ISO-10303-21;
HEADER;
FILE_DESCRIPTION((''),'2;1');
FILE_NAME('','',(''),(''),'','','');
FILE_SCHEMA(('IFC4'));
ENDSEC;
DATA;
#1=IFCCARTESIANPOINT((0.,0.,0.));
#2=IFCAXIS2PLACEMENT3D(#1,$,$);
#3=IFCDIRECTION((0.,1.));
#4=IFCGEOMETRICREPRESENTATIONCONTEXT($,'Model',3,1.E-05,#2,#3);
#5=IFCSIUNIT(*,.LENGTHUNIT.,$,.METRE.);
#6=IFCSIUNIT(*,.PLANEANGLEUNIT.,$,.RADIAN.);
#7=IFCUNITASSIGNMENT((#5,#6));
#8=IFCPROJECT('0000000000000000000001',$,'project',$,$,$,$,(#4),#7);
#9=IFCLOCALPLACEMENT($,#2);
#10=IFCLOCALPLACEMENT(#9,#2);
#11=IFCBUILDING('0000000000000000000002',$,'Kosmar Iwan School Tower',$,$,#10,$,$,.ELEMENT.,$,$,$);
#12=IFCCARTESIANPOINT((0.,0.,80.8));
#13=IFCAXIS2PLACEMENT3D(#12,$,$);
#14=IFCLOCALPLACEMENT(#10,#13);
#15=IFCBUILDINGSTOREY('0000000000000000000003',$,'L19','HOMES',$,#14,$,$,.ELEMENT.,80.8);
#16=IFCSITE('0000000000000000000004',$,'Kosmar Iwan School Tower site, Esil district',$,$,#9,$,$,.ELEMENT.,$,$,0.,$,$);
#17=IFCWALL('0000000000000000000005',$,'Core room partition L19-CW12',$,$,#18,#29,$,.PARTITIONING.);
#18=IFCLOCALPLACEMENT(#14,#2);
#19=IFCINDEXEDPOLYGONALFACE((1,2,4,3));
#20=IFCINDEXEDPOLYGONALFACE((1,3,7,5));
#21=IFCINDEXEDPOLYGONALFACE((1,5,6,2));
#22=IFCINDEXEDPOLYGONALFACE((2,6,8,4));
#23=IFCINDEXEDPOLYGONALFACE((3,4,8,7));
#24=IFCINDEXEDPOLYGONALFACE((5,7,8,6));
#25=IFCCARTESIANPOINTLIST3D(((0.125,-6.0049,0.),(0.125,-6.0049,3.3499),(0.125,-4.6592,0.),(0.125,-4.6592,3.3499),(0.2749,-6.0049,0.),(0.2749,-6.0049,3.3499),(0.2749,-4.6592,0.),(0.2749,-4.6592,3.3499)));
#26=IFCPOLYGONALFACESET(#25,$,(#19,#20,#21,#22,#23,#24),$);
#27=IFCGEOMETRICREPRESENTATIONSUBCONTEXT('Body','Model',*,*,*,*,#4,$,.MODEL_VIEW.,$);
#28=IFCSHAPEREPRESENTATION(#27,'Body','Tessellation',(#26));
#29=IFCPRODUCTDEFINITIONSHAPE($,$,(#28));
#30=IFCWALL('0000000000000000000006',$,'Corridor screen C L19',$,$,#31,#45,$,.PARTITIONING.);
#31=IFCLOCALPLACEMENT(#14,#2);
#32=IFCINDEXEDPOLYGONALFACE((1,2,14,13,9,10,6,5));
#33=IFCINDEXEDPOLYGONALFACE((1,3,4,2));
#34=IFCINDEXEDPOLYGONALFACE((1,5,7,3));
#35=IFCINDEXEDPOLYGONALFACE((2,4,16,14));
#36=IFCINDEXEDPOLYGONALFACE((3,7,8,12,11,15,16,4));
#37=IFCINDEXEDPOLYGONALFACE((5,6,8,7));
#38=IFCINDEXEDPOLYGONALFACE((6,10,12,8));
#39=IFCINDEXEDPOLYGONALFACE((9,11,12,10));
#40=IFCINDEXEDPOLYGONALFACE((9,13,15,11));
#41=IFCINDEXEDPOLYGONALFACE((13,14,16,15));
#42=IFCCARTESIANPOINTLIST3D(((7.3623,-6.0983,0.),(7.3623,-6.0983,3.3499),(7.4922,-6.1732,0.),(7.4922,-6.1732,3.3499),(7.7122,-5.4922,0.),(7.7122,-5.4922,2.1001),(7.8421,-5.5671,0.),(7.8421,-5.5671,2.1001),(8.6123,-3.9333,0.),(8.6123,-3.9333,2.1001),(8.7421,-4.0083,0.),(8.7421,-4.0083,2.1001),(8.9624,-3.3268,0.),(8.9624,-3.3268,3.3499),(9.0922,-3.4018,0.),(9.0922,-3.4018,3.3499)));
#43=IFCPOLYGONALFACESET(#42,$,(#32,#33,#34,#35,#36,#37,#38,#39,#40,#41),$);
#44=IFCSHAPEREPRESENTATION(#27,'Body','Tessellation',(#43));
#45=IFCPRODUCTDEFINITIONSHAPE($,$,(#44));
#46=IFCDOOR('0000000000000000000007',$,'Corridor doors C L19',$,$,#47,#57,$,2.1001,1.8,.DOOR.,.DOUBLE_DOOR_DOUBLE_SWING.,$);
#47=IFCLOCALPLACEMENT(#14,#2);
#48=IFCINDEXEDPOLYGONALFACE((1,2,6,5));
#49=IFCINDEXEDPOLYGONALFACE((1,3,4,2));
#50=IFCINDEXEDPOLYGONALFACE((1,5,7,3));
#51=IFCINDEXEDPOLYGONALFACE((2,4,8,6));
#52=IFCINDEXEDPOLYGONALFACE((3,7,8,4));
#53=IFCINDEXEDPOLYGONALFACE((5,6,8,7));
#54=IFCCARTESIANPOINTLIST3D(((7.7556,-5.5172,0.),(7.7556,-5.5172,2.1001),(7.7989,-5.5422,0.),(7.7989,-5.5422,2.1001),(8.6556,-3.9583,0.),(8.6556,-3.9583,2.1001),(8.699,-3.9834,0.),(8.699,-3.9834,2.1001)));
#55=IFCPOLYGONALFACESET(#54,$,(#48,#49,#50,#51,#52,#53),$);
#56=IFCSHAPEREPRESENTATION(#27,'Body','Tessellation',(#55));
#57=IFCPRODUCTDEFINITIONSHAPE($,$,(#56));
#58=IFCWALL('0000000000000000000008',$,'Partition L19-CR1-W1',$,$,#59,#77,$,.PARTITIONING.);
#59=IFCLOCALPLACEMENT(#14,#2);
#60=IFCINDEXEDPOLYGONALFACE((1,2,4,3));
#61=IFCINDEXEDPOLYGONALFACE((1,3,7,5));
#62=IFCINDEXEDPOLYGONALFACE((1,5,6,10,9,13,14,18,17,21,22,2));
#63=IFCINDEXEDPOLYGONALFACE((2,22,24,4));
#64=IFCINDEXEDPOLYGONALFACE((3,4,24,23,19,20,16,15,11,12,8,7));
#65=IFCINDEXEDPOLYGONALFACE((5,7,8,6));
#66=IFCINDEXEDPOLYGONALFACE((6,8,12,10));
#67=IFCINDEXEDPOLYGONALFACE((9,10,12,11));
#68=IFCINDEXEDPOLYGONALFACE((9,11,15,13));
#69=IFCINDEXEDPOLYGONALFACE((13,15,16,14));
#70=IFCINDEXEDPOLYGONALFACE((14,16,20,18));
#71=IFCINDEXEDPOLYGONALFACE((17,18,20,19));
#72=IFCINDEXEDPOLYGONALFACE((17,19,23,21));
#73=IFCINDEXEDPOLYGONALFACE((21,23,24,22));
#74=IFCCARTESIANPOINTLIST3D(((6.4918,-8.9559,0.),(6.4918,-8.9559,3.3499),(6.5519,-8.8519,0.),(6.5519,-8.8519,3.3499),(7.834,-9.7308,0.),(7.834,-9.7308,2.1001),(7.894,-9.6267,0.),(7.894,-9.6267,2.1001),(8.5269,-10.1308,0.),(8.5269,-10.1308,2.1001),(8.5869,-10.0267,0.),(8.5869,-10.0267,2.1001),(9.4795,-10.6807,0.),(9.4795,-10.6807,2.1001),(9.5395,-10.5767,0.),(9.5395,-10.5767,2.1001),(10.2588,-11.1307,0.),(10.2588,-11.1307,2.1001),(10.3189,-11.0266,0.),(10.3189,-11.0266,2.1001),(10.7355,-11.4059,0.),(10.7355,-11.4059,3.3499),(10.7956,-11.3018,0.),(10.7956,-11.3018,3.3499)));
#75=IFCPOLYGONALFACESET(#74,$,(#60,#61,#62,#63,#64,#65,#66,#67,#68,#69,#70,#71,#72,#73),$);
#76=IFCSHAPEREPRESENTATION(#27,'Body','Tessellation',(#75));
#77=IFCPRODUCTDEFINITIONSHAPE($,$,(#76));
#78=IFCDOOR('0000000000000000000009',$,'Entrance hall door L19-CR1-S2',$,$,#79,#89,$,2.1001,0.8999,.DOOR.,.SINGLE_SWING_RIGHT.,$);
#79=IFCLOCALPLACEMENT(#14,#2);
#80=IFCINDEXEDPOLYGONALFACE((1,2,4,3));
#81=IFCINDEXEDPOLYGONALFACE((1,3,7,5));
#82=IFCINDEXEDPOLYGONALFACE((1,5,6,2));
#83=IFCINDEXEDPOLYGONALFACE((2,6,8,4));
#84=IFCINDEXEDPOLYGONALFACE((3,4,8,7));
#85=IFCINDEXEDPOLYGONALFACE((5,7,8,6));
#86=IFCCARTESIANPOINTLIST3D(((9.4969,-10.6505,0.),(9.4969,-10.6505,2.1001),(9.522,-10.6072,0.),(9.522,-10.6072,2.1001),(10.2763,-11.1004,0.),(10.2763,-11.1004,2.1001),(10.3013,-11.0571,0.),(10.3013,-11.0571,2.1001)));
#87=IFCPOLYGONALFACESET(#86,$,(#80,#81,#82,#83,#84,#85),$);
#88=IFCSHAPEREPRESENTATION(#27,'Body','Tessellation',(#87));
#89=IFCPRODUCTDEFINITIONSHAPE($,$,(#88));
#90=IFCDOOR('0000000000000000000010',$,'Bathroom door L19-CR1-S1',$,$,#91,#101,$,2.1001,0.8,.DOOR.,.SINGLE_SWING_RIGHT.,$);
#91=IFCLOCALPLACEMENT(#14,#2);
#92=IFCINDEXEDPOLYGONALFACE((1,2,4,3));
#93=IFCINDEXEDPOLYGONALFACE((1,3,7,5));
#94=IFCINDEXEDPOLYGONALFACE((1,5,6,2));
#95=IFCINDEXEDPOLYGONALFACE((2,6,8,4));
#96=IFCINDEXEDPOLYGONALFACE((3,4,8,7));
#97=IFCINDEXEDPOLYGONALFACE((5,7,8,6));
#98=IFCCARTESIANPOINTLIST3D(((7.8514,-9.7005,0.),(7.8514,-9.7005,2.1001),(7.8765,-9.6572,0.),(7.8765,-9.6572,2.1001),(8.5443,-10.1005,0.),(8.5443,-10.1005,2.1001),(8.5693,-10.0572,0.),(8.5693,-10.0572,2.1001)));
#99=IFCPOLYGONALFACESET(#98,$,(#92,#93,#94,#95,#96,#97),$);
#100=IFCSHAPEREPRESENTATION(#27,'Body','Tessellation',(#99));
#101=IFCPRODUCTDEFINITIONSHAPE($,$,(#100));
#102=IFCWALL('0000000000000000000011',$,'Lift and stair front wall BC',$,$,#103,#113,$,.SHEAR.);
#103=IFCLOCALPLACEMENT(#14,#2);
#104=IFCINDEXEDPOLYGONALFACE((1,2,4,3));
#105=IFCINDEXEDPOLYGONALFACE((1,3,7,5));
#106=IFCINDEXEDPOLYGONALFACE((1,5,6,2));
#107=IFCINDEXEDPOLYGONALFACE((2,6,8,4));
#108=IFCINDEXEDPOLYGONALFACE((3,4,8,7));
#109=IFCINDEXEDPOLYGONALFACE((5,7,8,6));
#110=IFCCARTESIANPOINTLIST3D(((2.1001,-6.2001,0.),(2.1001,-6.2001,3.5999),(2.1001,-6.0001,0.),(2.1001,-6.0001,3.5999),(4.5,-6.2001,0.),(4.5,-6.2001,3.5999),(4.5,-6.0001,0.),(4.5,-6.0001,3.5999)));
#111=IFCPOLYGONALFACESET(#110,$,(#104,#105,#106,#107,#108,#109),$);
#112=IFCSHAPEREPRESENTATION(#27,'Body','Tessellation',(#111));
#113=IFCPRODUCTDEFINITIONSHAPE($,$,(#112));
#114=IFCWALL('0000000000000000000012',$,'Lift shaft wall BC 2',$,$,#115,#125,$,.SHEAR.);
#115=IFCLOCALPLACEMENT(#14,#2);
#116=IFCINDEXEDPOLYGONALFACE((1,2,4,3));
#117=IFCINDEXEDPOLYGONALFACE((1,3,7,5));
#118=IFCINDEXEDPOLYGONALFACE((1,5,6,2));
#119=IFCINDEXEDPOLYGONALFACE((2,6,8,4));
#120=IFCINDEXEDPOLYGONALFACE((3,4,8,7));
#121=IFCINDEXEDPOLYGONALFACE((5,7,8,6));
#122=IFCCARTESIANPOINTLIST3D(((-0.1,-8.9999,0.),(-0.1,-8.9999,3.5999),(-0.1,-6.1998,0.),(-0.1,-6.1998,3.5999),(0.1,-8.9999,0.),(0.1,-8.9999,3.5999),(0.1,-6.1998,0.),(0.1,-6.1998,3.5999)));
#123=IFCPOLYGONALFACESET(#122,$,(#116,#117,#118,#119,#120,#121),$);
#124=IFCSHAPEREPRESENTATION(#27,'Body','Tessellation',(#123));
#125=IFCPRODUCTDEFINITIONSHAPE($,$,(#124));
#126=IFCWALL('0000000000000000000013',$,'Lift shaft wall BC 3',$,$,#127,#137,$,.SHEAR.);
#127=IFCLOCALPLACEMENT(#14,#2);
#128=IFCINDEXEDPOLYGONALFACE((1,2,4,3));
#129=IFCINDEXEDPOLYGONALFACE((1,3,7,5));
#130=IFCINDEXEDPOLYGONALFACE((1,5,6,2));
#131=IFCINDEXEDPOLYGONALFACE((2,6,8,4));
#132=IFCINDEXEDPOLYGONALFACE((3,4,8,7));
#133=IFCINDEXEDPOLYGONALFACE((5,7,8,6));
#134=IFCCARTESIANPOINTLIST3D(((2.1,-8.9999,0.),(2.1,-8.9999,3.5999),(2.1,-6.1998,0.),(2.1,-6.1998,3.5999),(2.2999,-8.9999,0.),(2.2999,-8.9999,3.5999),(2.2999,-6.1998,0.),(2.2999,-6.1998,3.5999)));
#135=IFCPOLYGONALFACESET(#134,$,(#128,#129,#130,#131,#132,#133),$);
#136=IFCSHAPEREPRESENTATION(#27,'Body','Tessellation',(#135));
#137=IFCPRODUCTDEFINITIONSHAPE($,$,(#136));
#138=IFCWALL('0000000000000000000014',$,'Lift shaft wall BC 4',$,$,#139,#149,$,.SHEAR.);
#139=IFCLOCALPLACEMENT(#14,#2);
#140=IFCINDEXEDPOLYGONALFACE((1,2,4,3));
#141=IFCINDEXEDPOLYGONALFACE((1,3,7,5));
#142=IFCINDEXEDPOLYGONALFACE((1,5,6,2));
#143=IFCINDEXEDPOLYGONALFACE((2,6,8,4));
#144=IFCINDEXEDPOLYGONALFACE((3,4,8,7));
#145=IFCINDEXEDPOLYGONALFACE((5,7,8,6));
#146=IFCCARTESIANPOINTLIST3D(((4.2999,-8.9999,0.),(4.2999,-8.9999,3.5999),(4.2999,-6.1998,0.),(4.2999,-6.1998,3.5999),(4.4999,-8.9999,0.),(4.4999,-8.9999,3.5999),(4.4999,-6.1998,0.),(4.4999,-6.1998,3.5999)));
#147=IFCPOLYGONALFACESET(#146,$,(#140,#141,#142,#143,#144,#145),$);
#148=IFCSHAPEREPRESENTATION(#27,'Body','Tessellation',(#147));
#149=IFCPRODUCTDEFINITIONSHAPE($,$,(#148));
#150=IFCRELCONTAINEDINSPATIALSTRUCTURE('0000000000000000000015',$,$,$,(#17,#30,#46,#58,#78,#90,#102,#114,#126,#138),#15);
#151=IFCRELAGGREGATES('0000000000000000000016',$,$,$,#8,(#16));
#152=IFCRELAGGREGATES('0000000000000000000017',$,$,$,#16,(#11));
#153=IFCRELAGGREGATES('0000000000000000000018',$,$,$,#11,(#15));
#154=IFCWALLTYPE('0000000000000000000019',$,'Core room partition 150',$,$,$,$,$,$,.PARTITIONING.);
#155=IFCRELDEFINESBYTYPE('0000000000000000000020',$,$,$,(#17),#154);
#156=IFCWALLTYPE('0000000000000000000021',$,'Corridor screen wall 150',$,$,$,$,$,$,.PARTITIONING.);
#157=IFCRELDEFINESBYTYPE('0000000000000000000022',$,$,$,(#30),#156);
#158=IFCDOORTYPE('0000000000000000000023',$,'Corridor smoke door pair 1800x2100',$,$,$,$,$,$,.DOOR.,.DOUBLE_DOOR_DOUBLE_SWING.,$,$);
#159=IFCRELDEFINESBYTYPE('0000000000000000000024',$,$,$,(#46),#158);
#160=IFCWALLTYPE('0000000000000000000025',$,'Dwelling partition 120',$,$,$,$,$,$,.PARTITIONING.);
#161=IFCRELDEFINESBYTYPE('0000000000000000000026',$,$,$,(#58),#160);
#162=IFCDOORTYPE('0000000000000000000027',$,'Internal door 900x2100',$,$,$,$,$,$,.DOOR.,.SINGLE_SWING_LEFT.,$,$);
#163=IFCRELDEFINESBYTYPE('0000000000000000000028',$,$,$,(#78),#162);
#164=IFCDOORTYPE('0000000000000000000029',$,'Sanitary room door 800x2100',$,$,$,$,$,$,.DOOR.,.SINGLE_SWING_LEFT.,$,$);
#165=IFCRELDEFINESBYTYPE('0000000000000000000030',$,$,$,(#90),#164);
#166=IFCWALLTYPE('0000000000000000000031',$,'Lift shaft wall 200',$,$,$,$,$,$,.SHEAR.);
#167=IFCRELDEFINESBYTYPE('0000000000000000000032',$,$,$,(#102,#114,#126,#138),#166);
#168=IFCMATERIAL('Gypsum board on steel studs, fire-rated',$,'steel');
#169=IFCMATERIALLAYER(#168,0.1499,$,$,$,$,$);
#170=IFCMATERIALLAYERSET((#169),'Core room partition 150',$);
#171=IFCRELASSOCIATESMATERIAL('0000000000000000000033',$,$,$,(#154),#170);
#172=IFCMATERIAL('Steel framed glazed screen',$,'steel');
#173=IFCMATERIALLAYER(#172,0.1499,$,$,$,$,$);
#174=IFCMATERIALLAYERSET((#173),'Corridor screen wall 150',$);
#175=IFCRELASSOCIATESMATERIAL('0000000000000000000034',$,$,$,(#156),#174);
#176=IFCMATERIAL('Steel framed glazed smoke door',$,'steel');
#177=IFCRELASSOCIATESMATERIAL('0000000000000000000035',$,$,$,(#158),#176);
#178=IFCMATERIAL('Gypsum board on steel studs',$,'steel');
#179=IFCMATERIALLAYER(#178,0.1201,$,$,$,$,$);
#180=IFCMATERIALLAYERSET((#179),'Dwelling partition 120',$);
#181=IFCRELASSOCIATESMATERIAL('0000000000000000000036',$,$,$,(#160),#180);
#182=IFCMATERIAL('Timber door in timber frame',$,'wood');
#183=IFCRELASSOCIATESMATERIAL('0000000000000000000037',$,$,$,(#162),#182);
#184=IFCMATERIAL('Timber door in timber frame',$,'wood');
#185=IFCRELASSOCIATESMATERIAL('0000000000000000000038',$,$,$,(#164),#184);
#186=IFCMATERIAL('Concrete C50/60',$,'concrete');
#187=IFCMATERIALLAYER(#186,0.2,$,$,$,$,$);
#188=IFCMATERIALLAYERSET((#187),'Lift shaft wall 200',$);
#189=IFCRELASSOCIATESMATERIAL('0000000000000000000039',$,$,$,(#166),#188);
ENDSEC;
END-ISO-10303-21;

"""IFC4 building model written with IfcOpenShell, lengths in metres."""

from ifc_helpers import new_model, si_unit, direction, frame, frame_2d, origin, place, context, subcontext, project, spatial, rectangle, extrude, material, layer, layer_set, type_object, element, fill, save


model = new_model("IFC4")

# Units and contexts
model_context = context("Model", 3, precision=1e-05, world=origin(), true_north=direction((0.0, 1.0)))
body_context = subcontext(model_context, "Body", "Model", "MODEL_VIEW")
ifc_project = project(units=[si_unit("LENGTHUNIT", "METRE"), si_unit("PLANEANGLEUNIT", "RADIAN")], contexts=[model_context])

# Site, building, storey
site_placement = place(None, origin())
site = spatial("IfcSite", under=ifc_project, at=site_placement, Name="Kosmar Iwan School Tower site, Esil district", CompositionType="ELEMENT", RefElevation=0.0)
building_placement = place(site_placement, origin())
building = spatial("IfcBuilding", under=site, at=building_placement, Name="Kosmar Iwan School Tower", CompositionType="ELEMENT")
storey_placement = place(building_placement, frame((0.0, 0.0, 80.8)))
storey = spatial("IfcBuildingStorey", under=building, at=storey_placement, Name="L19", Description="HOMES", CompositionType="ELEMENT", Elevation=80.8)

# Wall
ifc_material_1 = material(Name="Gypsum board on steel studs, fire-rated", Category="steel")
ifc_layer_1 = layer(ifc_material_1, 0.1499)
ifc_layer_set_1 = layer_set([ifc_layer_1], Name="Core room partition 150")
wall_type_1 = type_object("IfcWallType", Name="Core room partition 150", PredefinedType="PARTITIONING", material=ifc_layer_set_1)
wall_1_placement = place(storey_placement, frame((0.2, -6.0049, 0.0), z_axis=(0.0, 0.0, 1.0), x_axis=(0.0, 1.0, 0.0)))
element("IfcWall", 1, at=wall_1_placement, inside=storey, type_object=wall_type_1, Name="Core room partition L19-CW12", PredefinedType="PARTITIONING", context=body_context, shape_type="SweptSolid", body=[
    extrude(rectangle(XDim=1.3457, YDim=0.1499, at=frame_2d((0.6729, 0.0))), origin(), (0.0, 0.0, 1.0), 3.3499),
])

# Wall, opening, door
ifc_material_2 = material(Name="Steel framed glazed screen", Category="steel")
ifc_layer_2 = layer(ifc_material_2, 0.1499)
ifc_layer_set_2 = layer_set([ifc_layer_2], Name="Corridor screen wall 150")
wall_type_2 = type_object("IfcWallType", Name="Corridor screen wall 150", PredefinedType="PARTITIONING", material=ifc_layer_set_2)
wall_2_placement = place(storey_placement, frame((7.4272, -6.1357, 0.0), z_axis=(0.0, 0.0, 1.0), x_axis=(0.499995, 0.866028, 0.0)))
wall_2 = element("IfcWall", 2, at=wall_2_placement, inside=storey, type_object=wall_type_2, Name="Corridor screen C L19", PredefinedType="PARTITIONING", context=body_context, shape_type="SweptSolid", body=[
    extrude(rectangle(XDim=3.2002, YDim=0.1499, at=frame_2d((1.6001, 0.0))), origin(), (0.0, 0.0, 1.0), 3.3499),
])
opening_1_placement = place(wall_2_placement, frame((0.7, 0.0, 0.0)))
opening_1 = element("IfcOpeningElement", 3, at=opening_1_placement, cuts=wall_2, PredefinedType="OPENING", context=body_context, shape_type="SweptSolid", body=[
    extrude(rectangle(XDim=1.8, YDim=2.1001, at=frame_2d((0.8999, 1.05))), frame((0.0, 0.0869, 0.0), z_axis=(0.0, -1.0, 0.0), x_axis=(1.0, 0.0, 0.0)), (0.0, 0.0, 1.0), 0.1738),
])
ifc_material_3 = material(Name="Steel framed glazed smoke door", Category="steel")
door_type_1 = type_object("IfcDoorType", Name="Corridor smoke door pair 1800x2100", OperationType="DOUBLE_DOOR_DOUBLE_SWING", PredefinedType="DOOR", material=ifc_material_3)
door_1_placement = place(opening_1_placement, origin())
door_1 = element("IfcDoor", 4, at=door_1_placement, inside=storey, type_object=door_type_1, Name="Corridor doors C L19", OperationType="DOUBLE_DOOR_DOUBLE_SWING", OverallHeight=2.1001, OverallWidth=1.8, PredefinedType="DOOR", context=body_context, shape_type="SweptSolid", body=[
    extrude(rectangle(XDim=1.8, YDim=2.1001, at=frame_2d((0.8999, 1.05))), frame((0.0, 0.0249, 0.0), z_axis=(0.0, -1.0, 0.0), x_axis=(1.0, 0.0, 0.0)), (0.0, 0.0, 1.0), 0.05),
])
fill(opening_1, door_1)

# Wall, openings, doors
ifc_material_4 = material(Name="Gypsum board on steel studs", Category="steel")
ifc_layer_3 = layer(ifc_material_4, 0.1201)
ifc_layer_set_3 = layer_set([ifc_layer_3], Name="Dwelling partition 120")
wall_type_3 = type_object("IfcWallType", Name="Dwelling partition 120", PredefinedType="PARTITIONING", material=ifc_layer_set_3)
wall_3_placement = place(storey_placement, frame((6.5217, -8.9038, 0.0), z_axis=(0.0, 0.0, 1.0), x_axis=(0.866036, -0.499981, 0.0)))
wall_3 = element("IfcWall", 5, at=wall_3_placement, inside=storey, type_object=wall_type_3, Name="Partition L19-CR1-W1", PredefinedType="PARTITIONING", context=body_context, shape_type="SweptSolid", body=[
    extrude(rectangle(XDim=4.9001, YDim=0.1201, at=frame_2d((2.4502, 0.0))), origin(), (0.0, 0.0, 1.0), 3.3499),
])
opening_2_placement = place(wall_3_placement, frame((1.55, 0.0, 0.0)))
opening_2 = element("IfcOpeningElement", 6, at=opening_2_placement, cuts=wall_3, PredefinedType="OPENING", context=body_context, shape_type="SweptSolid", body=[
    extrude(rectangle(XDim=0.8, YDim=2.1001, at=frame_2d((0.3999, 1.05))), frame((0.0, 0.072, 0.0), z_axis=(0.0, -1.0, 0.0), x_axis=(1.0, 0.0, 0.0)), (0.0, 0.0, 1.0), 0.144),
])
opening_3_placement = place(wall_3_placement, frame((3.45, 0.0, 0.0)))
opening_3 = element("IfcOpeningElement", 7, at=opening_3_placement, cuts=wall_3, PredefinedType="OPENING", context=body_context, shape_type="SweptSolid", body=[
    extrude(rectangle(XDim=0.8999, YDim=2.1001, at=frame_2d((0.45, 1.05))), frame((0.0, 0.072, 0.0), z_axis=(0.0, -1.0, 0.0), x_axis=(1.0, 0.0, 0.0)), (0.0, 0.0, 1.0), 0.144),
])
ifc_material_5 = material(Name="Timber door in timber frame", Category="wood")
door_type_2 = type_object("IfcDoorType", Name="Internal door 900x2100", OperationType="SINGLE_SWING_LEFT", PredefinedType="DOOR", material=ifc_material_5)
door_2_placement = place(opening_3_placement, origin())
door_2 = element("IfcDoor", 8, at=door_2_placement, inside=storey, type_object=door_type_2, Name="Entrance hall door L19-CR1-S2", OperationType="SINGLE_SWING_RIGHT", OverallHeight=2.1001, OverallWidth=0.8999, PredefinedType="DOOR", context=body_context, shape_type="SweptSolid", body=[
    extrude(rectangle(XDim=0.8999, YDim=2.1001, at=frame_2d((0.45, 1.05))), frame((0.0, 0.0249, 0.0), z_axis=(0.0, -1.0, 0.0), x_axis=(1.0, 0.0, 0.0)), (0.0, 0.0, 1.0), 0.05),
])
fill(opening_3, door_2)
ifc_material_6 = material(Name="Timber door in timber frame", Category="wood")
door_type_3 = type_object("IfcDoorType", Name="Sanitary room door 800x2100", OperationType="SINGLE_SWING_LEFT", PredefinedType="DOOR", material=ifc_material_6)
door_3_placement = place(opening_2_placement, origin())
door_3 = element("IfcDoor", 9, at=door_3_placement, inside=storey, type_object=door_type_3, Name="Bathroom door L19-CR1-S1", OperationType="SINGLE_SWING_RIGHT", OverallHeight=2.1001, OverallWidth=0.8, PredefinedType="DOOR", context=body_context, shape_type="SweptSolid", body=[
    extrude(rectangle(XDim=0.8, YDim=2.1001, at=frame_2d((0.3999, 1.05))), frame((0.0, 0.0249, 0.0), z_axis=(0.0, -1.0, 0.0), x_axis=(1.0, 0.0, 0.0)), (0.0, 0.0, 1.0), 0.05),
])
fill(opening_2, door_3)

# Walls
ifc_material_7 = material(Name="Concrete C50/60", Category="concrete")
ifc_layer_4 = layer(ifc_material_7, 0.2)
ifc_layer_set_4 = layer_set([ifc_layer_4], Name="Lift shaft wall 200")
wall_type_4 = type_object("IfcWallType", Name="Lift shaft wall 200", PredefinedType="SHEAR", material=ifc_layer_set_4)
wall_4_placement = place(storey_placement, frame((2.1001, -6.1001, 0.0), z_axis=(0.0, 0.0, 1.0), x_axis=(1.0, 0.0, 0.0)))
element("IfcWall", 10, at=wall_4_placement, inside=storey, type_object=wall_type_4, Name="Lift and stair front wall BC", PredefinedType="SHEAR", context=body_context, shape_type="SweptSolid", body=[
    extrude(rectangle(XDim=2.3999, YDim=0.2, at=frame_2d((1.2, 0.0))), origin(), (0.0, 0.0, 1.0), 3.5999),
])
for number, where, z_axis, x_axis, name in (
    (11, (0.0, -6.2, 0.0), (0.0, 0.0, 1.0), (0.0, -1.0, 0.0), "Lift shaft wall BC 2"),
    (12, (2.2, -6.2, 0.0), (0.0, 0.0, 1.0), (0.0, -1.0, 0.0), "Lift shaft wall BC 3"),
    (13, (4.3999, -6.2, 0.0), (0.0, 0.0, 1.0), (0.0, -1.0, 0.0), "Lift shaft wall BC 4"),
):
    element("IfcWall", number, at=place(storey_placement, frame(where, z_axis=z_axis, x_axis=x_axis)), inside=storey, type_object=wall_type_4, Name=name, PredefinedType="SHEAR", context=body_context, shape_type="SweptSolid", body=[
        extrude(rectangle(XDim=2.8, YDim=0.2, at=frame_2d((1.3999, 0.0))), origin(), (0.0, 0.0, 1.0), 3.5999),
    ])

save(model, "model.ifc")
